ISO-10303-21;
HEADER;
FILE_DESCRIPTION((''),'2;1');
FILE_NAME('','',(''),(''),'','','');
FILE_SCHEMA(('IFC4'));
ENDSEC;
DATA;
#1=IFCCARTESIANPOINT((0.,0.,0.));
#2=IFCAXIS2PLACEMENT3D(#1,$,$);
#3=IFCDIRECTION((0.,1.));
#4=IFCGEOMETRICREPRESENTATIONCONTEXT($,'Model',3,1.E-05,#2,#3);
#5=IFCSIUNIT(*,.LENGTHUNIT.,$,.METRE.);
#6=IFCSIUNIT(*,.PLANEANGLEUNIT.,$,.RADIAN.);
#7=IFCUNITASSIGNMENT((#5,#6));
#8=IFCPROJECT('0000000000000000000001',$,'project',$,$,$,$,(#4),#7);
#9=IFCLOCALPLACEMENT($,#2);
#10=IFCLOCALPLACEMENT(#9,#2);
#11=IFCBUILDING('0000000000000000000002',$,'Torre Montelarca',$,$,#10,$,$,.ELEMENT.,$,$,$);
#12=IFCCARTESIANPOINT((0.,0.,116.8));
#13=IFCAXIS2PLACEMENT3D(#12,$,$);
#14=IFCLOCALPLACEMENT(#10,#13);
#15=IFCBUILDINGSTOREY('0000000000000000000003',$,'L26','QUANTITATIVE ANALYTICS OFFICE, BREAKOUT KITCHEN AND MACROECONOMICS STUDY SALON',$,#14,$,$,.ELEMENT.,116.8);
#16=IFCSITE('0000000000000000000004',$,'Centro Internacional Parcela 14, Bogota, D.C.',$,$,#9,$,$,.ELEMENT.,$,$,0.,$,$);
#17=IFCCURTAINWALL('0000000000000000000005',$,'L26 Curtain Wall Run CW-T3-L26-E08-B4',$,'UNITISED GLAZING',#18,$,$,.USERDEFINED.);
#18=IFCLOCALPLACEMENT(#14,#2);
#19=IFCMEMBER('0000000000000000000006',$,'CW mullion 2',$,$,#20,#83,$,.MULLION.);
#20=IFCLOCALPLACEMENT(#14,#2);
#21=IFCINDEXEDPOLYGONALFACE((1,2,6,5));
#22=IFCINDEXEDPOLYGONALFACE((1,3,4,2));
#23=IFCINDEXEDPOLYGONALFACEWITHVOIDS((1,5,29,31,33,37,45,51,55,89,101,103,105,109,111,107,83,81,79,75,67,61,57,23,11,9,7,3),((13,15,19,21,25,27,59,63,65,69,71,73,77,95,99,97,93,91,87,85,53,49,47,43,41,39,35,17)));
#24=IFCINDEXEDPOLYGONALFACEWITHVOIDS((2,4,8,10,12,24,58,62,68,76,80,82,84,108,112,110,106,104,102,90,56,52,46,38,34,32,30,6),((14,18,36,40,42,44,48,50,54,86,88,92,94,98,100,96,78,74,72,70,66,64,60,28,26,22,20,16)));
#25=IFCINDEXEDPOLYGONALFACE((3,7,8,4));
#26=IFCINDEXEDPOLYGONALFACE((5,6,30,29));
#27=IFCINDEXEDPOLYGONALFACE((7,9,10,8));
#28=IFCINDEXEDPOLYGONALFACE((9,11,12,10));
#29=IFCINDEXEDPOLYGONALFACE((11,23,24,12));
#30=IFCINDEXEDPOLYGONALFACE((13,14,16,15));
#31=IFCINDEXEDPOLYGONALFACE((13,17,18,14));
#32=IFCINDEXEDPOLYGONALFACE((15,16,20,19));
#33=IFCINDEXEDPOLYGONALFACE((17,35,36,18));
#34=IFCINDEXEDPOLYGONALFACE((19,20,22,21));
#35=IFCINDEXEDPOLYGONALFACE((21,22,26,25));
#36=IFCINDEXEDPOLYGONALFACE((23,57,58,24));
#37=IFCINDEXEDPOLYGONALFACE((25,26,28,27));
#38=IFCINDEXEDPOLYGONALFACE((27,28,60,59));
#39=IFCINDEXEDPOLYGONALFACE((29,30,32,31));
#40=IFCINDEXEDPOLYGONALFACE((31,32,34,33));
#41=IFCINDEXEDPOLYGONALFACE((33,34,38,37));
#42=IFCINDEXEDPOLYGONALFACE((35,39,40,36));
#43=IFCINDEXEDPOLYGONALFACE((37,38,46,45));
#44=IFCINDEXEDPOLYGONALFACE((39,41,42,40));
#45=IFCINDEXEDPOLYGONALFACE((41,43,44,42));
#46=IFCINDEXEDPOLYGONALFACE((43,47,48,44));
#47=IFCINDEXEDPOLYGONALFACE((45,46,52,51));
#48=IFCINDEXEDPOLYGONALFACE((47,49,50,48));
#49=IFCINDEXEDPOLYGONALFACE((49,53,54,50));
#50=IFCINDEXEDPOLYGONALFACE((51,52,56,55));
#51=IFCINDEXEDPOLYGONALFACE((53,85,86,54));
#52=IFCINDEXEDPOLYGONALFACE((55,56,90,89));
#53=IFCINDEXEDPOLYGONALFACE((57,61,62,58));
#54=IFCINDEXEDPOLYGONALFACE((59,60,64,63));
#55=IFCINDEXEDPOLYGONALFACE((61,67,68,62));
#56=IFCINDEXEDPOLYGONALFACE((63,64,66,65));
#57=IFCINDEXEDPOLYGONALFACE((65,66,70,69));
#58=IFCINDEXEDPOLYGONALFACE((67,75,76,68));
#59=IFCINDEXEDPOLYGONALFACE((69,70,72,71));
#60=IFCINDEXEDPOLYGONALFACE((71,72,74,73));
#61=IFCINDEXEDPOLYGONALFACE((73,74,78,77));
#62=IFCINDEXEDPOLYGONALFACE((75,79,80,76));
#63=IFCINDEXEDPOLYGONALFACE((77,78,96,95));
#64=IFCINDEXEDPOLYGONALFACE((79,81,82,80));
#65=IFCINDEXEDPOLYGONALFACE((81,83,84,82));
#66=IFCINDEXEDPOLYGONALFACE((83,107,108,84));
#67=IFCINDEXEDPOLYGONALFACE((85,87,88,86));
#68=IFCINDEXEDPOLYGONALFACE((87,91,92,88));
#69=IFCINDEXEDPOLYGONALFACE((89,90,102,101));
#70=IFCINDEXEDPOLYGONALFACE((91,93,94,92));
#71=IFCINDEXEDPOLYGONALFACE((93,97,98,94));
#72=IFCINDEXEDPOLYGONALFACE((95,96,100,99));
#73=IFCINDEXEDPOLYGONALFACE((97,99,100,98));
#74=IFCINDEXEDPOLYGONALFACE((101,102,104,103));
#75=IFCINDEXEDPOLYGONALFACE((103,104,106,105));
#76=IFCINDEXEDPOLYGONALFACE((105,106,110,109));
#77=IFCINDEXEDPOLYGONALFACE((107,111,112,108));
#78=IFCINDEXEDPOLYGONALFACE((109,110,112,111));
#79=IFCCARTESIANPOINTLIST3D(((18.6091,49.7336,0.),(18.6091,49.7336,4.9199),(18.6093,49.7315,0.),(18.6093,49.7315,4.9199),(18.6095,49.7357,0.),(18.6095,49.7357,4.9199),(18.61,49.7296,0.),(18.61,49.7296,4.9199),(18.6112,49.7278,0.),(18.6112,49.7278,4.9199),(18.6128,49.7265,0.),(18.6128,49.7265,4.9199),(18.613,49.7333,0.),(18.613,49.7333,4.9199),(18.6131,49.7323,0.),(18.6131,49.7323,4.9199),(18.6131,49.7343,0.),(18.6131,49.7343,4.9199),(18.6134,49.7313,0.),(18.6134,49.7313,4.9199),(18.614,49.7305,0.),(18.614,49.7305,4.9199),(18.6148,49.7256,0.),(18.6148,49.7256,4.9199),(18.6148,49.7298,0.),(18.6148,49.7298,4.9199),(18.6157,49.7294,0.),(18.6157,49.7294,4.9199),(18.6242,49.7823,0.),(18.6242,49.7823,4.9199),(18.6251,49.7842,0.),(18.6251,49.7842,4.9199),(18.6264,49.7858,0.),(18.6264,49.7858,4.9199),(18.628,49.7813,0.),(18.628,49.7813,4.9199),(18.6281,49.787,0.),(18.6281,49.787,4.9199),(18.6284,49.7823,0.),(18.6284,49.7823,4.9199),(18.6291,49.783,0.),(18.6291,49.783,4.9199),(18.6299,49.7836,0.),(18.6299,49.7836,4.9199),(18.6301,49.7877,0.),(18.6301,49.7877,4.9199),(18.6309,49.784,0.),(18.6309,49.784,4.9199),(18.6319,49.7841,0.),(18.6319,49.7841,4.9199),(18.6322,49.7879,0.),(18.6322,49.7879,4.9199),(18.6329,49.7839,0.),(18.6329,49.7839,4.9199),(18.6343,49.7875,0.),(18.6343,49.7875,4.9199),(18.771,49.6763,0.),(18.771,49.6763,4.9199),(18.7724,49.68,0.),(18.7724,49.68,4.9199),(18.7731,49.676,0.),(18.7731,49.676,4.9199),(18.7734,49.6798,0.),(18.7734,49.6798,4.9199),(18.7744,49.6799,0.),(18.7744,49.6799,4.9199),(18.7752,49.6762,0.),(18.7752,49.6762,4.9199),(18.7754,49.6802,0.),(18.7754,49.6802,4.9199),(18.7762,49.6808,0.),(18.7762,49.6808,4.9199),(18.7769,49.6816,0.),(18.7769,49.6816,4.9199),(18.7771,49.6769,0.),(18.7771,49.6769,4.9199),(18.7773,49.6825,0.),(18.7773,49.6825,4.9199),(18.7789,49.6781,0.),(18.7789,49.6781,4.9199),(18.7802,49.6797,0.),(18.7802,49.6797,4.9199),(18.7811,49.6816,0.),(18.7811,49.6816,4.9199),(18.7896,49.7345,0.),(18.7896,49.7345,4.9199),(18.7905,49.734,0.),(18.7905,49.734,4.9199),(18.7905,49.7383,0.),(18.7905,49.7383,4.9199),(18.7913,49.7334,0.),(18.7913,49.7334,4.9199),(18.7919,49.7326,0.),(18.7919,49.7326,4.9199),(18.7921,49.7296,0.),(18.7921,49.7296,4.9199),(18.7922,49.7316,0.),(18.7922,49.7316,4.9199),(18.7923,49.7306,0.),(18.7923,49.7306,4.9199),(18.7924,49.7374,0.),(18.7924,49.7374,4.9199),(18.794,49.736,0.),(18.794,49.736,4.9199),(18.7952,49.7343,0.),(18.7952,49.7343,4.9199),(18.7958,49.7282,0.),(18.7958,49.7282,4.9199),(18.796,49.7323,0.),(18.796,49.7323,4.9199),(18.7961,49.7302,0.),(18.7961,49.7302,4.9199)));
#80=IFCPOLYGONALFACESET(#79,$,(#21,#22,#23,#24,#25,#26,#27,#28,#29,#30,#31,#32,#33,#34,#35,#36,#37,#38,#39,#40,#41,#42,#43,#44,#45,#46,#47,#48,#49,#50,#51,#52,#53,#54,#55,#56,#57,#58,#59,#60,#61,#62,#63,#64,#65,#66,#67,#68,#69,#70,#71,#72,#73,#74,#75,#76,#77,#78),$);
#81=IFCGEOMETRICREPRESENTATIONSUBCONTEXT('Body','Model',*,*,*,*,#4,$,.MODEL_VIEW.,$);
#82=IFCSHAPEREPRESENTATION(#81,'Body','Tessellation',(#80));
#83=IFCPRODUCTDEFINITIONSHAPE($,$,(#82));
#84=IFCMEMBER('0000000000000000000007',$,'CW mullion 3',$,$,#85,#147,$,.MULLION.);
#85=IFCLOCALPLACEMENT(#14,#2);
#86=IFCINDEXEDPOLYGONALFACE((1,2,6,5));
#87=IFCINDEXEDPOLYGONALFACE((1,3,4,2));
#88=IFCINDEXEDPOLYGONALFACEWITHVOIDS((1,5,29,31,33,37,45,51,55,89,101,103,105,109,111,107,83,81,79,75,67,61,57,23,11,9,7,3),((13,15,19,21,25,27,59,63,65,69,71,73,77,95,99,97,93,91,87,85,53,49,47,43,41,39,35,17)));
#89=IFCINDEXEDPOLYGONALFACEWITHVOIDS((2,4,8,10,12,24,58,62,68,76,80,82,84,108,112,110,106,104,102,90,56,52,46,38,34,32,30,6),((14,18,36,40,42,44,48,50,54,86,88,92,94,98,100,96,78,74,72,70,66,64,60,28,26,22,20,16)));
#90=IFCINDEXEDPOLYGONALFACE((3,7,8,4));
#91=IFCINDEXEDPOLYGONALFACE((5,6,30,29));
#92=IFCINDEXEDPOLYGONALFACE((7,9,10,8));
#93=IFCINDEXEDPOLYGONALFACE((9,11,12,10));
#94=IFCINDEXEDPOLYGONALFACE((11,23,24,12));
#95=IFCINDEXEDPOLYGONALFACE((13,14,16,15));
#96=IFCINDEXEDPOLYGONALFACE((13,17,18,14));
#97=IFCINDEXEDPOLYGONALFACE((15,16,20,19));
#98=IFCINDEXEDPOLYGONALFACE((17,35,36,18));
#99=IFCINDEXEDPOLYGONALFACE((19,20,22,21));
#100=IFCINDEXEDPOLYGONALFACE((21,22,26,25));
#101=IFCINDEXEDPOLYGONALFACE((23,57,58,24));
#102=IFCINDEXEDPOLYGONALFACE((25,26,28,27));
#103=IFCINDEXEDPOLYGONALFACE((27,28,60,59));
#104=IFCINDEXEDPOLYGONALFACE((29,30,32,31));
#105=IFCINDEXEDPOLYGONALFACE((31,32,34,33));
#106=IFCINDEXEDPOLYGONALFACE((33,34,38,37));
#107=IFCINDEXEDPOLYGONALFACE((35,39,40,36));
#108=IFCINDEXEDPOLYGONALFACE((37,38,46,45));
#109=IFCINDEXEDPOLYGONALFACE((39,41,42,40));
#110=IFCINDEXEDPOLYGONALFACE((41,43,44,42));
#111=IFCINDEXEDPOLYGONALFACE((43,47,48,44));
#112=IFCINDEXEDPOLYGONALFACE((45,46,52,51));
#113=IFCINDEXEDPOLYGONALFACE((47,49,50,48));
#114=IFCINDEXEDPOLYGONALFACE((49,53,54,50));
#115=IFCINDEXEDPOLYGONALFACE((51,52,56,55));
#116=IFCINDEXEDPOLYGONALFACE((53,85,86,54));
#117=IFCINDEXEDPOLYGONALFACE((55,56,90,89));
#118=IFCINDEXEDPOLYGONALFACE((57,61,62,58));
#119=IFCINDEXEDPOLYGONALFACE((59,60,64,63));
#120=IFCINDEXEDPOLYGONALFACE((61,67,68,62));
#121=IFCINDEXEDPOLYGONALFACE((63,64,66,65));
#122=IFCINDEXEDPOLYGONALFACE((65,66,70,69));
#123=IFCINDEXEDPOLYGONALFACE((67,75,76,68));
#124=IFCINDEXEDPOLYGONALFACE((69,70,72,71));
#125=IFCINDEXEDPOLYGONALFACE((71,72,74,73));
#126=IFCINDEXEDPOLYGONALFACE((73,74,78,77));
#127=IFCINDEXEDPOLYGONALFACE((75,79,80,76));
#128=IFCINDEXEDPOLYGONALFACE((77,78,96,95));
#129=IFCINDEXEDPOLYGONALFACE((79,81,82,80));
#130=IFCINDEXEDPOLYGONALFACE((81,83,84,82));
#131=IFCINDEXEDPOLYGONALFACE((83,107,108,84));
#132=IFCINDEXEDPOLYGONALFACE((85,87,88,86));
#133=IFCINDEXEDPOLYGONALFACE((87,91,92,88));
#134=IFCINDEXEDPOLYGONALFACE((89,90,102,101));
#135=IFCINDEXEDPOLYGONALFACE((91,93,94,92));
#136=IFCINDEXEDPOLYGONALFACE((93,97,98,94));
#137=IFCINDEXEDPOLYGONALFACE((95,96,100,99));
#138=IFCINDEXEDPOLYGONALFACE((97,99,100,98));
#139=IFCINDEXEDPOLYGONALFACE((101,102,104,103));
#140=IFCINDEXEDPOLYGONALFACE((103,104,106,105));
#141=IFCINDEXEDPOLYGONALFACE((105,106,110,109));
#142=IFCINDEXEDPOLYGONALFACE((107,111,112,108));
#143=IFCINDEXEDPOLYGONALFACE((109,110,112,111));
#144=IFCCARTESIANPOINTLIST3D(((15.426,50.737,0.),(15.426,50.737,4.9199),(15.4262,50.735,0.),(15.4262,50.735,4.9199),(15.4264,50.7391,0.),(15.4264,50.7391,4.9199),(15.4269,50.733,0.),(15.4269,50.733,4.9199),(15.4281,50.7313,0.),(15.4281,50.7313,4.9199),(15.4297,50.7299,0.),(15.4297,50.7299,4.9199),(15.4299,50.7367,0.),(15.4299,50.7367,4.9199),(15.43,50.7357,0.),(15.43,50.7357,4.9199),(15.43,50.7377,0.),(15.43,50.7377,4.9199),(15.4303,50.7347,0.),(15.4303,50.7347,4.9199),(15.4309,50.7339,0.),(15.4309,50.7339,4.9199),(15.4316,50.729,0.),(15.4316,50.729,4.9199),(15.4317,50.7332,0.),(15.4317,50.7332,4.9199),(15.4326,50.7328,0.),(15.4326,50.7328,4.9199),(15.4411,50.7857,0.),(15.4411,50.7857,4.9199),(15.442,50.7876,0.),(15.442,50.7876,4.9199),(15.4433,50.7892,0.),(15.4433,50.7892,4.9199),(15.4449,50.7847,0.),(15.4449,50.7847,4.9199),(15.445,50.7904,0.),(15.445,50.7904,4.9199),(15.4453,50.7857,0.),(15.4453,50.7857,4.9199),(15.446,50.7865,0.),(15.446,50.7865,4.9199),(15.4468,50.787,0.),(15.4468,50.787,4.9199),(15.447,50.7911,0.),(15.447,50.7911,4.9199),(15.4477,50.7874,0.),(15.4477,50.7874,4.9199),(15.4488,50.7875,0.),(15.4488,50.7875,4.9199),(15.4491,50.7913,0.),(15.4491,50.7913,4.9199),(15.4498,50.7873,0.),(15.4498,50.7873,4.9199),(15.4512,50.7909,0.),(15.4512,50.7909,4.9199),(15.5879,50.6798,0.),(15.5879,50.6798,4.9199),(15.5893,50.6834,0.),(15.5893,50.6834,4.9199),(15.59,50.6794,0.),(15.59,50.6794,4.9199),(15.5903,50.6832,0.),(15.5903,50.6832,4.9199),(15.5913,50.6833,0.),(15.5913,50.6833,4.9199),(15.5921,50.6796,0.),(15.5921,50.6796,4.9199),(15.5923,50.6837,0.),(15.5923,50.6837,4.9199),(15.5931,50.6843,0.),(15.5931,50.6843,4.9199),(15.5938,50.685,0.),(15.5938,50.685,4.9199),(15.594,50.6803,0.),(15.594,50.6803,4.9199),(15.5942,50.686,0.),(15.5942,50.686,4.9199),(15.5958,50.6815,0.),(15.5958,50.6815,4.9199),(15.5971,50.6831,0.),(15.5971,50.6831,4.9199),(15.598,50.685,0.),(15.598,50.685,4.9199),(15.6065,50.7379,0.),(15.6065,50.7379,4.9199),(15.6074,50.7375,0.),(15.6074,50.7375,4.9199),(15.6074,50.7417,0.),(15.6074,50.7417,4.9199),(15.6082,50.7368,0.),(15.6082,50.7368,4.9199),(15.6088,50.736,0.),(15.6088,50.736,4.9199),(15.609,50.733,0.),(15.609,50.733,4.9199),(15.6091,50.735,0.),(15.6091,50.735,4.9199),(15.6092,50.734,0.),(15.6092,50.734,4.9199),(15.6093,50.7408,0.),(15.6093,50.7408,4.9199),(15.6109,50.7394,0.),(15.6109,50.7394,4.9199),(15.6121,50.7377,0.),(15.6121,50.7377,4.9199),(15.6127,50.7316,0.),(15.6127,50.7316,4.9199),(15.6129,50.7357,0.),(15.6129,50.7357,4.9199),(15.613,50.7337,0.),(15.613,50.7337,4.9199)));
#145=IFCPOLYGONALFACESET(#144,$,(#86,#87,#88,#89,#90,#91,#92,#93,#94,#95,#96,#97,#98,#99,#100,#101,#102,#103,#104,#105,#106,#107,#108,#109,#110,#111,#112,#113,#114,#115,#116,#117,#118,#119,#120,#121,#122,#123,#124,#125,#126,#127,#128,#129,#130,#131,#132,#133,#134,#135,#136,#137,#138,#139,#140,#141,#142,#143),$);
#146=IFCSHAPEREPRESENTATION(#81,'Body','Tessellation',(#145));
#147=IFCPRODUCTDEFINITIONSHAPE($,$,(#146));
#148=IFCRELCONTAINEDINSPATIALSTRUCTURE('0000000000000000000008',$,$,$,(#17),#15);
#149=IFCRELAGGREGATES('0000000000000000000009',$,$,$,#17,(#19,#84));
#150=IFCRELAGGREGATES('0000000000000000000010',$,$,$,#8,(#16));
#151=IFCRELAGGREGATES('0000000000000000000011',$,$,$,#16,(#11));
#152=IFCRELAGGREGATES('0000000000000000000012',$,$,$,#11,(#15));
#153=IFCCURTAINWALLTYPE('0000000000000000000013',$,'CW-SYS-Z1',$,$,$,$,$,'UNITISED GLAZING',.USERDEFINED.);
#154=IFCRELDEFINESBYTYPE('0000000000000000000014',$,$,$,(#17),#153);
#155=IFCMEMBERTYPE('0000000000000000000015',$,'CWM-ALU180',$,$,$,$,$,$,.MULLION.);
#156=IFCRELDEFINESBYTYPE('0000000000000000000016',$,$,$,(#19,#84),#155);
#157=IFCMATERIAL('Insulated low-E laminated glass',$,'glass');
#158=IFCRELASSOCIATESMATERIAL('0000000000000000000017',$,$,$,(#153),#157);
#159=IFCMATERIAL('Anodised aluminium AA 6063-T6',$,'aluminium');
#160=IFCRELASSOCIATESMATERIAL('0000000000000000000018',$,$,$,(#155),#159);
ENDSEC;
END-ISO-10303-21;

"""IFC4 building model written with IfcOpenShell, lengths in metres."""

from ifc_helpers import new_model, si_unit, direction, frame, origin, origin_2d, place, context, subcontext, project, spatial, hollow_rectangle, extrude, source, transform, mapped, material, material_profile, profile_set, type_object, element, aggregate, save


model = new_model("IFC4")

# Units and contexts
model_context = context("Model", 3, precision=1e-05, world=origin(), true_north=direction((0.0, 1.0)))
body_context = subcontext(model_context, "Body", "Model", "MODEL_VIEW")
ifc_project = project(units=[si_unit("LENGTHUNIT", "METRE"), si_unit("PLANEANGLEUNIT", "RADIAN")], contexts=[model_context])

# Site, building, storey
site_placement = place(None, origin())
site = spatial("IfcSite", under=ifc_project, at=site_placement, Name="Centro Internacional Parcela 14, Bogota, D.C.", CompositionType="ELEMENT", RefElevation=0.0)
building_placement = place(site_placement, origin())
building = spatial("IfcBuilding", under=site, at=building_placement, Name="Torre Montelarca", CompositionType="ELEMENT")
storey_placement = place(building_placement, frame((0.0, 0.0, 116.8)))
storey = spatial("IfcBuildingStorey", under=building, at=storey_placement, Name="L26", Description="QUANTITATIVE ANALYTICS OFFICE, BREAKOUT KITCHEN AND MACROECONOMICS STUDY SALON", CompositionType="ELEMENT", Elevation=116.8)

# Curtain wall
ifc_material_1 = material(Name="Insulated low-E laminated glass", Category="glass")
curtain_wall_type = type_object("IfcCurtainWallType", Name="CW-SYS-Z1", ElementType="UNITISED GLAZING", PredefinedType="USERDEFINED", material=ifc_material_1)
curtain_wall_1_placement = place(storey_placement, origin())
curtain_wall_1 = element("IfcCurtainWall", 1, at=curtain_wall_1_placement, inside=storey, type_object=curtain_wall_type, Name="L26 Curtain Wall Run CW-T3-L26-E08-B4", ObjectType="UNITISED GLAZING", PredefinedType="USERDEFINED")
ifc_material_2 = material(Name="Anodised aluminium AA 6063-T6", Category="aluminium")

# Members
ifc_material_profile_1 = material_profile(ifc_material_2, hollow_rectangle(XDim=0.0649, YDim=0.1799, WallThickness=0.0039, InnerFilletRadius=0.0039, OuterFilletRadius=0.0081, at=origin_2d()), Name="ALU65X180X4", Category="aluminium")
ifc_profile_set_1 = profile_set([ifc_material_profile_1], Name="Anodised aluminium AA 6063-T6")
member_type_1 = type_object("IfcMemberType", Name="CWM-ALU180", PredefinedType="MULLION", material=ifc_profile_set_1)
shared_shape_1 = source(origin(), body_context, "Body", "SweptSolid", [
    extrude(hollow_rectangle(XDim=0.0649, YDim=0.1799, WallThickness=0.0039, InnerFilletRadius=0.0039, OuterFilletRadius=0.0081, at=origin_2d()), origin(), (0.0, 0.0, 1.0), 4.9199),
])
member_1_placement = place(storey_placement, frame((18.7026, 49.7319, 0.0), z_axis=(0.0, 0.0, 1.0), x_axis=(-0.300696, -0.95372, 0.0)))
member_1 = element("IfcMember", 2, at=member_1_placement, type_object=member_type_1, Name="CW mullion 2", PredefinedType="MULLION", context=body_context, shape_type="MappedRepresentation", body=[
    mapped(shared_shape_1, transform((0.0, 0.0, 0.0), scale=1.0)),
])
member_2_placement = place(storey_placement, frame((15.5195, 50.7354, 0.0), z_axis=(0.0, 0.0, 1.0), x_axis=(-0.300696, -0.95372, 0.0)))
member_2 = element("IfcMember", 3, at=member_2_placement, type_object=member_type_1, Name="CW mullion 3", PredefinedType="MULLION", context=body_context, shape_type="MappedRepresentation", body=[
    mapped(shared_shape_1, transform((0.0, 0.0, 0.0), scale=1.0)),
])

aggregate(curtain_wall_1, [member_1, member_2])

save(model, "model.ifc")
